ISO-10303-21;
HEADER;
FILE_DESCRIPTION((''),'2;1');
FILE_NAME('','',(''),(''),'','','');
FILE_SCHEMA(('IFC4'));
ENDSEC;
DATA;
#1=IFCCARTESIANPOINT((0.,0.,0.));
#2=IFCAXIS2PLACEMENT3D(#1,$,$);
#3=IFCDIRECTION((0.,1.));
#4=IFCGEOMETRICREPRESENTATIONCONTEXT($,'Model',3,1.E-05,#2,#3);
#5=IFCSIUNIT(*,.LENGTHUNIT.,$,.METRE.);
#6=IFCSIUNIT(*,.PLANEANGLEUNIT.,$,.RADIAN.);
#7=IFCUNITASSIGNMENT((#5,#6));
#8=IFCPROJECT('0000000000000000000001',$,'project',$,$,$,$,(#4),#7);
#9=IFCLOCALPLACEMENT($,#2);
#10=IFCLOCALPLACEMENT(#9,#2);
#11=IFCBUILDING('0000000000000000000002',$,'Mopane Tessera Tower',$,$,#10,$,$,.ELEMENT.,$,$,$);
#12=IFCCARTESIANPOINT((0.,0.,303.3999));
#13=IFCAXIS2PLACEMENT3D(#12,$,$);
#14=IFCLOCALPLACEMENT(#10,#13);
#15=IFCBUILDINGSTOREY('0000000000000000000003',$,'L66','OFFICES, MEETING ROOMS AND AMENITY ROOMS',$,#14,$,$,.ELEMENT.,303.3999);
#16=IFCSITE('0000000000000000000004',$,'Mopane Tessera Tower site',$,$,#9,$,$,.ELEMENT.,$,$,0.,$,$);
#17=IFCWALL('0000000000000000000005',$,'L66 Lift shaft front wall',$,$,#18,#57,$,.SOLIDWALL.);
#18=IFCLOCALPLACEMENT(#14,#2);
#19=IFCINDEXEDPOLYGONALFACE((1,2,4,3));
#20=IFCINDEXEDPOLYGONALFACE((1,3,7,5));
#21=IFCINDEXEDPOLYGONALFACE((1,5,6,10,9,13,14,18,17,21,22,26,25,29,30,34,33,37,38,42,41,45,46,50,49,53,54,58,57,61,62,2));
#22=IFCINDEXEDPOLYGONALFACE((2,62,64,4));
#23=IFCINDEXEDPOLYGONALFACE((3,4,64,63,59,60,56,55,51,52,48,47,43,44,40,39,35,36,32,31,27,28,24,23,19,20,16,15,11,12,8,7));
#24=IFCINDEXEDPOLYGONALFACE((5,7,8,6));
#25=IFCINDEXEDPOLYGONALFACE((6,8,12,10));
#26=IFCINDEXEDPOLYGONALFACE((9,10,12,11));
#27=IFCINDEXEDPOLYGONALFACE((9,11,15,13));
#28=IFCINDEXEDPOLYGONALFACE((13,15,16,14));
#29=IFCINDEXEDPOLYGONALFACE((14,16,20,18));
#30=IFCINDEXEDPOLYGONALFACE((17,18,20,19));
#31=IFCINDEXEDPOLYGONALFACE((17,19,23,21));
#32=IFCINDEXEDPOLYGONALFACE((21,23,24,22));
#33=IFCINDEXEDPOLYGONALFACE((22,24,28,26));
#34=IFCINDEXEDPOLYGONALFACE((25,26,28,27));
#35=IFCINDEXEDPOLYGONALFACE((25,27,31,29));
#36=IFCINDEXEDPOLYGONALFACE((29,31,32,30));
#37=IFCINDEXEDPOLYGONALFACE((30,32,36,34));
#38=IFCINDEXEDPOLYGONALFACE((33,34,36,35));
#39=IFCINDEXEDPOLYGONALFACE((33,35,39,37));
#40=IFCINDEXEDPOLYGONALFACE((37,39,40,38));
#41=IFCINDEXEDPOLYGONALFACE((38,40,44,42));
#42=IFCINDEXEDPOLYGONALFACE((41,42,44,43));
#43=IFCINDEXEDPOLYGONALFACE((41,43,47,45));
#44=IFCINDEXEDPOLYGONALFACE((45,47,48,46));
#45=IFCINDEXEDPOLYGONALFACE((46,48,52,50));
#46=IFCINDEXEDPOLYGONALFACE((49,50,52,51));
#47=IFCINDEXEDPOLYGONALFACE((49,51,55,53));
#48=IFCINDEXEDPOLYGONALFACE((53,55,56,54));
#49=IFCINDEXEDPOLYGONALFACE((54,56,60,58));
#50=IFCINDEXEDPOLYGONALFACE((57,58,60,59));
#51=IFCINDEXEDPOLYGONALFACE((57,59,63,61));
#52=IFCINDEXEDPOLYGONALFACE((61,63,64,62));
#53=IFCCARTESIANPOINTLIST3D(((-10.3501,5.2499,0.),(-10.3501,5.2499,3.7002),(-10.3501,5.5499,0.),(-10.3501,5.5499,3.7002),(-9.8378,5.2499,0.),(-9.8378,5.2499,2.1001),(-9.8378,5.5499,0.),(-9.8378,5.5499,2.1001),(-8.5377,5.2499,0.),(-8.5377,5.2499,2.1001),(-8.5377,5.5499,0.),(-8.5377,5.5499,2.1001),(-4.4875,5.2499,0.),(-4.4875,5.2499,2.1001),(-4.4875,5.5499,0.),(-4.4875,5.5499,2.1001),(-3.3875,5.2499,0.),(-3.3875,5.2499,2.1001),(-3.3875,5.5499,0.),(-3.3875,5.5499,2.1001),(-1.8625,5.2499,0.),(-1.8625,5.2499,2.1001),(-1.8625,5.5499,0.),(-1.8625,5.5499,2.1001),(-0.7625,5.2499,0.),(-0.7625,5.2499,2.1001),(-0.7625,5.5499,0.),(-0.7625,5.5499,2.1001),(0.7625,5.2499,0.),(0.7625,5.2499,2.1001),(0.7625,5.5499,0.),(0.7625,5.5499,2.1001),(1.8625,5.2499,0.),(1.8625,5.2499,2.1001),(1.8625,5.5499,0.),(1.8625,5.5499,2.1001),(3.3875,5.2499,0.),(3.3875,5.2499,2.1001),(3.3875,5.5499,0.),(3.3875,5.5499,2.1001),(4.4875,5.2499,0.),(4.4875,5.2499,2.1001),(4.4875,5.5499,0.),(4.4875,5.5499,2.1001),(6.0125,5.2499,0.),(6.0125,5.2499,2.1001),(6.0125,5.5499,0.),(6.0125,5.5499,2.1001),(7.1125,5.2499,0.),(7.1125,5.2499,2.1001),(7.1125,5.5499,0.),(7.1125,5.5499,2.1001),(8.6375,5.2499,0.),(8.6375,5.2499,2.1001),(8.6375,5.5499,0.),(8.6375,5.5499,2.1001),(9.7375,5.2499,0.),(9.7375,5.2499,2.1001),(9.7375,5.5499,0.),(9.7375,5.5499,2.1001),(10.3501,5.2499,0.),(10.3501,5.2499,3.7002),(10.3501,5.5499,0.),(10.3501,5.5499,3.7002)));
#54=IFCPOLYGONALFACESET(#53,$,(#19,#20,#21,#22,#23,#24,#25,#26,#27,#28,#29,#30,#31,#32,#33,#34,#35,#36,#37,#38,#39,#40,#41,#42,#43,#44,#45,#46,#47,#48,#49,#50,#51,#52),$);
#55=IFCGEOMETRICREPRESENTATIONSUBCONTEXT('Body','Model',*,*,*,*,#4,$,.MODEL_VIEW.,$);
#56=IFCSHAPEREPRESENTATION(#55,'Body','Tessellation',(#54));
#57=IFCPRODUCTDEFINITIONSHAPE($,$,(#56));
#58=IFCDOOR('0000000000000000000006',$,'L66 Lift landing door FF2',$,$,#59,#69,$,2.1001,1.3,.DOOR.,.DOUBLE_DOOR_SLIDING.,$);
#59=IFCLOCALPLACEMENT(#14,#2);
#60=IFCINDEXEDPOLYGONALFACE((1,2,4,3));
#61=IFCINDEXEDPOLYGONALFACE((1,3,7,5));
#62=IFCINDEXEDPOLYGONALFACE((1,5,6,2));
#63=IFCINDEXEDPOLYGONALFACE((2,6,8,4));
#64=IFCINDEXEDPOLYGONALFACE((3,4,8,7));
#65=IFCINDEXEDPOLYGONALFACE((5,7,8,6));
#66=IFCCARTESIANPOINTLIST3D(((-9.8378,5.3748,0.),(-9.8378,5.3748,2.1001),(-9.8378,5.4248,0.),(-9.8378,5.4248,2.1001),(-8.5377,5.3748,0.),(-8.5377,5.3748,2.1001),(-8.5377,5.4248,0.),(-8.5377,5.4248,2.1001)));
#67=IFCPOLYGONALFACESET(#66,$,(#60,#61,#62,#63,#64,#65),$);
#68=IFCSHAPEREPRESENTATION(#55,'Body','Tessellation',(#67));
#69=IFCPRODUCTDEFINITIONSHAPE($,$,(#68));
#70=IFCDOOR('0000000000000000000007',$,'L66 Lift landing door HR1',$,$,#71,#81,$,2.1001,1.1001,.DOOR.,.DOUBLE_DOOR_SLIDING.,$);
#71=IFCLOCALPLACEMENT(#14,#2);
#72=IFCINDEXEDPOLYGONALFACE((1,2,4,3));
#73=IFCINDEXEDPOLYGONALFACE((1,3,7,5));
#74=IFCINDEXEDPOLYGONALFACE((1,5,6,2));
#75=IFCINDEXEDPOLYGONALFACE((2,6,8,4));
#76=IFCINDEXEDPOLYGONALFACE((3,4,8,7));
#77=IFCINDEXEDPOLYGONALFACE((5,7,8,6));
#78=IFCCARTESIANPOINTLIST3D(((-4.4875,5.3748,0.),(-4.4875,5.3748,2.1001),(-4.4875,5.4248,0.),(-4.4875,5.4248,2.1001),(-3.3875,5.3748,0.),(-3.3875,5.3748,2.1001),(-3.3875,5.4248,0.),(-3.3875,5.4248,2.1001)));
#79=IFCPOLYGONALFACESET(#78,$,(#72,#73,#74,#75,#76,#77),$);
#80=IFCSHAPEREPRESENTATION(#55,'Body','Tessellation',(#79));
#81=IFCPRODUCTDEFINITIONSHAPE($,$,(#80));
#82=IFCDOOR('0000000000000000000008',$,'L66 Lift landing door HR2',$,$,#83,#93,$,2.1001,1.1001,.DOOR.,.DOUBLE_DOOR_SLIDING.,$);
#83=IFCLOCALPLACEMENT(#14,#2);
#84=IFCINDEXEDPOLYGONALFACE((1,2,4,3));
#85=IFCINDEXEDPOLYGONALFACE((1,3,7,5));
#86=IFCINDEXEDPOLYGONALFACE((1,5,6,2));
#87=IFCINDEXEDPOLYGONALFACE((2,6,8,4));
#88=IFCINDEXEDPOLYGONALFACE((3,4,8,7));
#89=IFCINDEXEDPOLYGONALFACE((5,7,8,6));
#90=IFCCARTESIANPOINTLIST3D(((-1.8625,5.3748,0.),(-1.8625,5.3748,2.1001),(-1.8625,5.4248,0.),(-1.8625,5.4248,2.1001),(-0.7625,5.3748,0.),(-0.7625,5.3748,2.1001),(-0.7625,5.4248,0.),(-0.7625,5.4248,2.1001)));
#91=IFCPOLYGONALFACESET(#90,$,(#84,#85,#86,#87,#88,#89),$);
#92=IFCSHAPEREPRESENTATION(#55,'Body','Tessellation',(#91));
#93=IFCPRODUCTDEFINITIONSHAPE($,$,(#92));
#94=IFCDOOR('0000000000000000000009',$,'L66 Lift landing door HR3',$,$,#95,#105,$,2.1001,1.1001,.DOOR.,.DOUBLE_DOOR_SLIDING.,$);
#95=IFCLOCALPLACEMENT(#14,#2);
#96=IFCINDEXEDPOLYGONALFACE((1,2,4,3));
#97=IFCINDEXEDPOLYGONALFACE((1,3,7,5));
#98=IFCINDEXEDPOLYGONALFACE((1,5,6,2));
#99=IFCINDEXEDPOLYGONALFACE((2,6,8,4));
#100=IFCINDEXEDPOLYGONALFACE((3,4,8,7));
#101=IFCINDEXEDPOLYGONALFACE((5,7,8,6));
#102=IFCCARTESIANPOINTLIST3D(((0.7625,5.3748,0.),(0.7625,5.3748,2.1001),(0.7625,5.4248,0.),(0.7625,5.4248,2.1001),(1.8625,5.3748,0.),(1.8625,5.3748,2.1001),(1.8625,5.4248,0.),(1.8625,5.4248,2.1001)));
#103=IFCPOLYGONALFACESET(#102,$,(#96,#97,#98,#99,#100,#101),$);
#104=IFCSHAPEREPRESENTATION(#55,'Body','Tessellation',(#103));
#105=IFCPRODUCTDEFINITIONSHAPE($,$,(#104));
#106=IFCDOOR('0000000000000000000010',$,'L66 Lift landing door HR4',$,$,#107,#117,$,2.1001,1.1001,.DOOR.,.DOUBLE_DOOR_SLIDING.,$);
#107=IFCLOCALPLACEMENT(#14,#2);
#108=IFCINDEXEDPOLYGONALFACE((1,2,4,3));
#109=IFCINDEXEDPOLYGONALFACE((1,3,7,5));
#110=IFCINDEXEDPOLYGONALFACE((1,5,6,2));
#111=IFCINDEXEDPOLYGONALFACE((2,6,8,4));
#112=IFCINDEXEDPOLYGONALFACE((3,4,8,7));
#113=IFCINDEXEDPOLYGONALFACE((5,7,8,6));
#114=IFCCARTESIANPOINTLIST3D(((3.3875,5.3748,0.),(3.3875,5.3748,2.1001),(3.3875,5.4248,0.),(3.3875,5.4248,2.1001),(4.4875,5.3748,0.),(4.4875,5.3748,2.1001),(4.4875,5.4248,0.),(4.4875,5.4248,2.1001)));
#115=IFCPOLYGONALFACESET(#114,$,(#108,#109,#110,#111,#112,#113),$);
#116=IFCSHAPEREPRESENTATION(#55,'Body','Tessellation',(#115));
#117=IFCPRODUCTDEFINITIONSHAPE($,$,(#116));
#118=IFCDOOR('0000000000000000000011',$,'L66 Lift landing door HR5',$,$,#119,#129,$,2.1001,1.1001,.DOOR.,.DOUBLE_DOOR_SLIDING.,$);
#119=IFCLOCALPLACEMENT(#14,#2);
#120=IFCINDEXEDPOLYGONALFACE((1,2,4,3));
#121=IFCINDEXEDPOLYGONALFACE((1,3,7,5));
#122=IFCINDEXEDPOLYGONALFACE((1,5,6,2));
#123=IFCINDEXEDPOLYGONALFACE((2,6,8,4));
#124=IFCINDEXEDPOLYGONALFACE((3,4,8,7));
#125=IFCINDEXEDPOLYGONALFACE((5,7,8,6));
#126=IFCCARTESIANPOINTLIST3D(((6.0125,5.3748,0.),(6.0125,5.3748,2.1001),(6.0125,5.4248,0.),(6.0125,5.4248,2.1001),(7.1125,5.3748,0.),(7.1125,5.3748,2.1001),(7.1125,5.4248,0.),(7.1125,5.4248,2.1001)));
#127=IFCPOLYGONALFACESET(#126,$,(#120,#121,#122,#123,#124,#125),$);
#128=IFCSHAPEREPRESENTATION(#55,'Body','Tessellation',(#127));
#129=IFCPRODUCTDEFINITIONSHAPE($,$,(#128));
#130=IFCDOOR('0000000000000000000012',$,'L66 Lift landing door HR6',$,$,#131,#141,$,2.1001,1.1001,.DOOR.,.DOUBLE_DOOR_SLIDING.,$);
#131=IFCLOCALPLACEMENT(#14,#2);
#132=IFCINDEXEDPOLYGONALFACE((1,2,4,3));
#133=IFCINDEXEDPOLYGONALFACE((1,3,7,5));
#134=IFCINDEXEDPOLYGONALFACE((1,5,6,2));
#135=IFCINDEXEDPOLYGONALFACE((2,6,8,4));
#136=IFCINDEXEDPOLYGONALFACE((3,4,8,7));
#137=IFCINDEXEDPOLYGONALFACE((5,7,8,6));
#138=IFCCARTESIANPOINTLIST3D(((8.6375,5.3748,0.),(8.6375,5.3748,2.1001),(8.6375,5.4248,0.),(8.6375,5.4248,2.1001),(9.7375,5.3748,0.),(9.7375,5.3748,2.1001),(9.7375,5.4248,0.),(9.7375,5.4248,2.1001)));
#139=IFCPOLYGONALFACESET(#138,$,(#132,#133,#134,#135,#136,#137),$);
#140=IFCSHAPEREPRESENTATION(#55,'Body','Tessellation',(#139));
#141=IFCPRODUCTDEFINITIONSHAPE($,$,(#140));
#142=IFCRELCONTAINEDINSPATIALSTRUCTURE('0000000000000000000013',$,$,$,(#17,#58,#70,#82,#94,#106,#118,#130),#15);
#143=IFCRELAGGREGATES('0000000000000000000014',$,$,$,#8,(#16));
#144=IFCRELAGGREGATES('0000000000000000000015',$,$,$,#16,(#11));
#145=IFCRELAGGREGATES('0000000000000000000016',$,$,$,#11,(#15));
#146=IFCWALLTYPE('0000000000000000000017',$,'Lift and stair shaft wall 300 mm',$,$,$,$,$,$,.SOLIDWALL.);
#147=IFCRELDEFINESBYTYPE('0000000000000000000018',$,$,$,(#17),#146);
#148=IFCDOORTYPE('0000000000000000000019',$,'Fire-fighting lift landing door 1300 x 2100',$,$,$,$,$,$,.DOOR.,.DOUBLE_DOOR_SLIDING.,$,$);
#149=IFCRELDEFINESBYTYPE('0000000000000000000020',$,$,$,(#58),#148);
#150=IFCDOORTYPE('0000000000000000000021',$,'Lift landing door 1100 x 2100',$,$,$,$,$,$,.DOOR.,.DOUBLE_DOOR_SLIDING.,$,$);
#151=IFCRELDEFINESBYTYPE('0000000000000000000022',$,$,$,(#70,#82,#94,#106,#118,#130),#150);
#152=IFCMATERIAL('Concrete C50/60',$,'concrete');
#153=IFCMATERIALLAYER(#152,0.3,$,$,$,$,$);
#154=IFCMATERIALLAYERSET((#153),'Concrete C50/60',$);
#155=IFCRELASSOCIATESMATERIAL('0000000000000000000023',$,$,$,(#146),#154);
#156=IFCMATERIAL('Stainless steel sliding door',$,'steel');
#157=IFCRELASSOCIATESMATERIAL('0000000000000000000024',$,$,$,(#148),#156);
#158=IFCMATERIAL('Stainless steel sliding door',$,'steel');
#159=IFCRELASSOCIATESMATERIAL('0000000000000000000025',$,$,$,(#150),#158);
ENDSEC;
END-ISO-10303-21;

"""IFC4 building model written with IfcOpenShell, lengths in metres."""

from ifc_helpers import new_model, si_unit, direction, frame, frame_2d, origin, place, context, subcontext, project, spatial, rectangle, extrude, material, layer, layer_set, type_object, element, fill, save


model = new_model("IFC4")

# Units and contexts
model_context = context("Model", 3, precision=1e-05, world=origin(), true_north=direction((0.0, 1.0)))
body_context = subcontext(model_context, "Body", "Model", "MODEL_VIEW")
ifc_project = project(units=[si_unit("LENGTHUNIT", "METRE"), si_unit("PLANEANGLEUNIT", "RADIAN")], contexts=[model_context])

# Site, building, storey
site_placement = place(None, origin())
site = spatial("IfcSite", under=ifc_project, at=site_placement, Name="Mopane Tessera Tower site", CompositionType="ELEMENT", RefElevation=0.0)
building_placement = place(site_placement, origin())
building = spatial("IfcBuilding", under=site, at=building_placement, Name="Mopane Tessera Tower", CompositionType="ELEMENT")
storey_placement = place(building_placement, frame((0.0, 0.0, 303.3999)))
storey = spatial("IfcBuildingStorey", under=building, at=storey_placement, Name="L66", Description="OFFICES, MEETING ROOMS AND AMENITY ROOMS", CompositionType="ELEMENT", Elevation=303.3999)

# Shared definitions
ifc_material_1 = material(Name="Concrete C50/60", Category="concrete")
ifc_layer_1 = layer(ifc_material_1, 0.3)
ifc_layer_set_1 = layer_set([ifc_layer_1], Name="Concrete C50/60")
wall_type_1 = type_object("IfcWallType", Name="Lift and stair shaft wall 300 mm", PredefinedType="SOLIDWALL", material=ifc_layer_set_1)

# Wall, openings, doors
ifc_material_2 = material(Name="Stainless steel sliding door", Category="steel")
door_type_1 = type_object("IfcDoorType", Name="Fire-fighting lift landing door 1300 x 2100", OperationType="DOUBLE_DOOR_SLIDING", PredefinedType="DOOR", material=ifc_material_2)
wall_1_placement = place(storey_placement, frame((-10.3501, 5.3999, 0.0), z_axis=(0.0, 0.0, 1.0), x_axis=(1.0, 0.0, 0.0)))
wall_1 = element("IfcWall", 1, at=wall_1_placement, inside=storey, type_object=wall_type_1, Name="L66 Lift shaft front wall", PredefinedType="SOLIDWALL", context=body_context, shape_type="SweptSolid", body=[
    extrude(rectangle(XDim=20.7002, YDim=0.3, at=frame_2d((10.3501, 0.0))), origin(), (0.0, 0.0, 1.0), 3.7002),
])
opening_1_placement = place(wall_1_placement, frame((0.5125, 0.0, 0.0)))
opening_1 = element("IfcOpeningElement", 2, at=opening_1_placement, cuts=wall_1, PredefinedType="OPENING", context=body_context, shape_type="SweptSolid", body=[
    extrude(rectangle(XDim=1.3, YDim=2.1001, at=frame_2d((0.6499, 1.05))), frame((0.0, 0.1621, 0.0), z_axis=(0.0, -1.0, 0.0), x_axis=(1.0, 0.0, 0.0)), (0.0, 0.0, 1.0), 0.324),
])
opening_2_placement = place(wall_1_placement, frame((5.8625, 0.0, 0.0)))
opening_2 = element("IfcOpeningElement", 3, at=opening_2_placement, cuts=wall_1, PredefinedType="OPENING", context=body_context, shape_type="SweptSolid", body=[
    extrude(rectangle(XDim=1.1001, YDim=2.1001, at=frame_2d((0.55, 1.05))), frame((0.0, 0.1621, 0.0), z_axis=(0.0, -1.0, 0.0), x_axis=(1.0, 0.0, 0.0)), (0.0, 0.0, 1.0), 0.324),
])
opening_3_placement = place(wall_1_placement, frame((8.4875, 0.0, 0.0)))
opening_3 = element("IfcOpeningElement", 4, at=opening_3_placement, cuts=wall_1, PredefinedType="OPENING", context=body_context, shape_type="SweptSolid", body=[
    extrude(rectangle(XDim=1.1001, YDim=2.1001, at=frame_2d((0.55, 1.05))), frame((0.0, 0.1621, 0.0), z_axis=(0.0, -1.0, 0.0), x_axis=(1.0, 0.0, 0.0)), (0.0, 0.0, 1.0), 0.324),
])
opening_4_placement = place(wall_1_placement, frame((11.1125, 0.0, 0.0)))
opening_4 = element("IfcOpeningElement", 5, at=opening_4_placement, cuts=wall_1, PredefinedType="OPENING", context=body_context, shape_type="SweptSolid", body=[
    extrude(rectangle(XDim=1.1001, YDim=2.1001, at=frame_2d((0.55, 1.05))), frame((0.0, 0.1621, 0.0), z_axis=(0.0, -1.0, 0.0), x_axis=(1.0, 0.0, 0.0)), (0.0, 0.0, 1.0), 0.324),
])
opening_5_placement = place(wall_1_placement, frame((13.7375, 0.0, 0.0)))
opening_5 = element("IfcOpeningElement", 6, at=opening_5_placement, cuts=wall_1, PredefinedType="OPENING", context=body_context, shape_type="SweptSolid", body=[
    extrude(rectangle(XDim=1.1001, YDim=2.1001, at=frame_2d((0.55, 1.05))), frame((0.0, 0.1621, 0.0), z_axis=(0.0, -1.0, 0.0), x_axis=(1.0, 0.0, 0.0)), (0.0, 0.0, 1.0), 0.324),
])
opening_6_placement = place(wall_1_placement, frame((16.3625, 0.0, 0.0)))
opening_6 = element("IfcOpeningElement", 7, at=opening_6_placement, cuts=wall_1, PredefinedType="OPENING", context=body_context, shape_type="SweptSolid", body=[
    extrude(rectangle(XDim=1.1001, YDim=2.1001, at=frame_2d((0.55, 1.05))), frame((0.0, 0.1621, 0.0), z_axis=(0.0, -1.0, 0.0), x_axis=(1.0, 0.0, 0.0)), (0.0, 0.0, 1.0), 0.324),
])
opening_7_placement = place(wall_1_placement, frame((18.9875, 0.0, 0.0)))
opening_7 = element("IfcOpeningElement", 8, at=opening_7_placement, cuts=wall_1, PredefinedType="OPENING", context=body_context, shape_type="SweptSolid", body=[
    extrude(rectangle(XDim=1.1001, YDim=2.1001, at=frame_2d((0.55, 1.05))), frame((0.0, 0.1621, 0.0), z_axis=(0.0, -1.0, 0.0), x_axis=(1.0, 0.0, 0.0)), (0.0, 0.0, 1.0), 0.324),
])
door_1_placement = place(opening_1_placement, origin())
door_1 = element("IfcDoor", 9, at=door_1_placement, inside=storey, type_object=door_type_1, Name="L66 Lift landing door FF2", OperationType="DOUBLE_DOOR_SLIDING", OverallHeight=2.1001, OverallWidth=1.3, PredefinedType="DOOR", context=body_context, shape_type="SweptSolid", body=[
    extrude(rectangle(XDim=1.3, YDim=2.1001, at=frame_2d((0.6499, 1.05))), frame((0.0, 0.0249, 0.0), z_axis=(0.0, -1.0, 0.0), x_axis=(1.0, 0.0, 0.0)), (0.0, 0.0, 1.0), 0.05),
])
fill(opening_1, door_1)
ifc_material_3 = material(Name="Stainless steel sliding door", Category="steel")
door_type_2 = type_object("IfcDoorType", Name="Lift landing door 1100 x 2100", OperationType="DOUBLE_DOOR_SLIDING", PredefinedType="DOOR", material=ifc_material_3)
door_2_placement = place(opening_2_placement, origin())
door_2 = element("IfcDoor", 10, at=door_2_placement, inside=storey, type_object=door_type_2, Name="L66 Lift landing door HR1", OperationType="DOUBLE_DOOR_SLIDING", OverallHeight=2.1001, OverallWidth=1.1001, PredefinedType="DOOR", context=body_context, shape_type="SweptSolid", body=[
    extrude(rectangle(XDim=1.1001, YDim=2.1001, at=frame_2d((0.55, 1.05))), frame((0.0, 0.0249, 0.0), z_axis=(0.0, -1.0, 0.0), x_axis=(1.0, 0.0, 0.0)), (0.0, 0.0, 1.0), 0.05),
])
fill(opening_2, door_2)
door_3_placement = place(opening_3_placement, origin())
door_3 = element("IfcDoor", 11, at=door_3_placement, inside=storey, type_object=door_type_2, Name="L66 Lift landing door HR2", OperationType="DOUBLE_DOOR_SLIDING", OverallHeight=2.1001, OverallWidth=1.1001, PredefinedType="DOOR", context=body_context, shape_type="SweptSolid", body=[
    extrude(rectangle(XDim=1.1001, YDim=2.1001, at=frame_2d((0.55, 1.05))), frame((0.0, 0.0249, 0.0), z_axis=(0.0, -1.0, 0.0), x_axis=(1.0, 0.0, 0.0)), (0.0, 0.0, 1.0), 0.05),
])
fill(opening_3, door_3)
door_4_placement = place(opening_4_placement, origin())
door_4 = element("IfcDoor", 12, at=door_4_placement, inside=storey, type_object=door_type_2, Name="L66 Lift landing door HR3", OperationType="DOUBLE_DOOR_SLIDING", OverallHeight=2.1001, OverallWidth=1.1001, PredefinedType="DOOR", context=body_context, shape_type="SweptSolid", body=[
    extrude(rectangle(XDim=1.1001, YDim=2.1001, at=frame_2d((0.55, 1.05))), frame((0.0, 0.0249, 0.0), z_axis=(0.0, -1.0, 0.0), x_axis=(1.0, 0.0, 0.0)), (0.0, 0.0, 1.0), 0.05),
])
fill(opening_4, door_4)
door_5_placement = place(opening_5_placement, origin())
door_5 = element("IfcDoor", 13, at=door_5_placement, inside=storey, type_object=door_type_2, Name="L66 Lift landing door HR4", OperationType="DOUBLE_DOOR_SLIDING", OverallHeight=2.1001, OverallWidth=1.1001, PredefinedType="DOOR", context=body_context, shape_type="SweptSolid", body=[
    extrude(rectangle(XDim=1.1001, YDim=2.1001, at=frame_2d((0.55, 1.05))), frame((0.0, 0.0249, 0.0), z_axis=(0.0, -1.0, 0.0), x_axis=(1.0, 0.0, 0.0)), (0.0, 0.0, 1.0), 0.05),
])
fill(opening_5, door_5)
door_6_placement = place(opening_6_placement, origin())
door_6 = element("IfcDoor", 14, at=door_6_placement, inside=storey, type_object=door_type_2, Name="L66 Lift landing door HR5", OperationType="DOUBLE_DOOR_SLIDING", OverallHeight=2.1001, OverallWidth=1.1001, PredefinedType="DOOR", context=body_context, shape_type="SweptSolid", body=[
    extrude(rectangle(XDim=1.1001, YDim=2.1001, at=frame_2d((0.55, 1.05))), frame((0.0, 0.0249, 0.0), z_axis=(0.0, -1.0, 0.0), x_axis=(1.0, 0.0, 0.0)), (0.0, 0.0, 1.0), 0.05),
])
fill(opening_6, door_6)
door_7_placement = place(opening_7_placement, origin())
door_7 = element("IfcDoor", 15, at=door_7_placement, inside=storey, type_object=door_type_2, Name="L66 Lift landing door HR6", OperationType="DOUBLE_DOOR_SLIDING", OverallHeight=2.1001, OverallWidth=1.1001, PredefinedType="DOOR", context=body_context, shape_type="SweptSolid", body=[
    extrude(rectangle(XDim=1.1001, YDim=2.1001, at=frame_2d((0.55, 1.05))), frame((0.0, 0.0249, 0.0), z_axis=(0.0, -1.0, 0.0), x_axis=(1.0, 0.0, 0.0)), (0.0, 0.0, 1.0), 0.05),
])
fill(opening_7, door_7)

save(model, "model.ifc")
